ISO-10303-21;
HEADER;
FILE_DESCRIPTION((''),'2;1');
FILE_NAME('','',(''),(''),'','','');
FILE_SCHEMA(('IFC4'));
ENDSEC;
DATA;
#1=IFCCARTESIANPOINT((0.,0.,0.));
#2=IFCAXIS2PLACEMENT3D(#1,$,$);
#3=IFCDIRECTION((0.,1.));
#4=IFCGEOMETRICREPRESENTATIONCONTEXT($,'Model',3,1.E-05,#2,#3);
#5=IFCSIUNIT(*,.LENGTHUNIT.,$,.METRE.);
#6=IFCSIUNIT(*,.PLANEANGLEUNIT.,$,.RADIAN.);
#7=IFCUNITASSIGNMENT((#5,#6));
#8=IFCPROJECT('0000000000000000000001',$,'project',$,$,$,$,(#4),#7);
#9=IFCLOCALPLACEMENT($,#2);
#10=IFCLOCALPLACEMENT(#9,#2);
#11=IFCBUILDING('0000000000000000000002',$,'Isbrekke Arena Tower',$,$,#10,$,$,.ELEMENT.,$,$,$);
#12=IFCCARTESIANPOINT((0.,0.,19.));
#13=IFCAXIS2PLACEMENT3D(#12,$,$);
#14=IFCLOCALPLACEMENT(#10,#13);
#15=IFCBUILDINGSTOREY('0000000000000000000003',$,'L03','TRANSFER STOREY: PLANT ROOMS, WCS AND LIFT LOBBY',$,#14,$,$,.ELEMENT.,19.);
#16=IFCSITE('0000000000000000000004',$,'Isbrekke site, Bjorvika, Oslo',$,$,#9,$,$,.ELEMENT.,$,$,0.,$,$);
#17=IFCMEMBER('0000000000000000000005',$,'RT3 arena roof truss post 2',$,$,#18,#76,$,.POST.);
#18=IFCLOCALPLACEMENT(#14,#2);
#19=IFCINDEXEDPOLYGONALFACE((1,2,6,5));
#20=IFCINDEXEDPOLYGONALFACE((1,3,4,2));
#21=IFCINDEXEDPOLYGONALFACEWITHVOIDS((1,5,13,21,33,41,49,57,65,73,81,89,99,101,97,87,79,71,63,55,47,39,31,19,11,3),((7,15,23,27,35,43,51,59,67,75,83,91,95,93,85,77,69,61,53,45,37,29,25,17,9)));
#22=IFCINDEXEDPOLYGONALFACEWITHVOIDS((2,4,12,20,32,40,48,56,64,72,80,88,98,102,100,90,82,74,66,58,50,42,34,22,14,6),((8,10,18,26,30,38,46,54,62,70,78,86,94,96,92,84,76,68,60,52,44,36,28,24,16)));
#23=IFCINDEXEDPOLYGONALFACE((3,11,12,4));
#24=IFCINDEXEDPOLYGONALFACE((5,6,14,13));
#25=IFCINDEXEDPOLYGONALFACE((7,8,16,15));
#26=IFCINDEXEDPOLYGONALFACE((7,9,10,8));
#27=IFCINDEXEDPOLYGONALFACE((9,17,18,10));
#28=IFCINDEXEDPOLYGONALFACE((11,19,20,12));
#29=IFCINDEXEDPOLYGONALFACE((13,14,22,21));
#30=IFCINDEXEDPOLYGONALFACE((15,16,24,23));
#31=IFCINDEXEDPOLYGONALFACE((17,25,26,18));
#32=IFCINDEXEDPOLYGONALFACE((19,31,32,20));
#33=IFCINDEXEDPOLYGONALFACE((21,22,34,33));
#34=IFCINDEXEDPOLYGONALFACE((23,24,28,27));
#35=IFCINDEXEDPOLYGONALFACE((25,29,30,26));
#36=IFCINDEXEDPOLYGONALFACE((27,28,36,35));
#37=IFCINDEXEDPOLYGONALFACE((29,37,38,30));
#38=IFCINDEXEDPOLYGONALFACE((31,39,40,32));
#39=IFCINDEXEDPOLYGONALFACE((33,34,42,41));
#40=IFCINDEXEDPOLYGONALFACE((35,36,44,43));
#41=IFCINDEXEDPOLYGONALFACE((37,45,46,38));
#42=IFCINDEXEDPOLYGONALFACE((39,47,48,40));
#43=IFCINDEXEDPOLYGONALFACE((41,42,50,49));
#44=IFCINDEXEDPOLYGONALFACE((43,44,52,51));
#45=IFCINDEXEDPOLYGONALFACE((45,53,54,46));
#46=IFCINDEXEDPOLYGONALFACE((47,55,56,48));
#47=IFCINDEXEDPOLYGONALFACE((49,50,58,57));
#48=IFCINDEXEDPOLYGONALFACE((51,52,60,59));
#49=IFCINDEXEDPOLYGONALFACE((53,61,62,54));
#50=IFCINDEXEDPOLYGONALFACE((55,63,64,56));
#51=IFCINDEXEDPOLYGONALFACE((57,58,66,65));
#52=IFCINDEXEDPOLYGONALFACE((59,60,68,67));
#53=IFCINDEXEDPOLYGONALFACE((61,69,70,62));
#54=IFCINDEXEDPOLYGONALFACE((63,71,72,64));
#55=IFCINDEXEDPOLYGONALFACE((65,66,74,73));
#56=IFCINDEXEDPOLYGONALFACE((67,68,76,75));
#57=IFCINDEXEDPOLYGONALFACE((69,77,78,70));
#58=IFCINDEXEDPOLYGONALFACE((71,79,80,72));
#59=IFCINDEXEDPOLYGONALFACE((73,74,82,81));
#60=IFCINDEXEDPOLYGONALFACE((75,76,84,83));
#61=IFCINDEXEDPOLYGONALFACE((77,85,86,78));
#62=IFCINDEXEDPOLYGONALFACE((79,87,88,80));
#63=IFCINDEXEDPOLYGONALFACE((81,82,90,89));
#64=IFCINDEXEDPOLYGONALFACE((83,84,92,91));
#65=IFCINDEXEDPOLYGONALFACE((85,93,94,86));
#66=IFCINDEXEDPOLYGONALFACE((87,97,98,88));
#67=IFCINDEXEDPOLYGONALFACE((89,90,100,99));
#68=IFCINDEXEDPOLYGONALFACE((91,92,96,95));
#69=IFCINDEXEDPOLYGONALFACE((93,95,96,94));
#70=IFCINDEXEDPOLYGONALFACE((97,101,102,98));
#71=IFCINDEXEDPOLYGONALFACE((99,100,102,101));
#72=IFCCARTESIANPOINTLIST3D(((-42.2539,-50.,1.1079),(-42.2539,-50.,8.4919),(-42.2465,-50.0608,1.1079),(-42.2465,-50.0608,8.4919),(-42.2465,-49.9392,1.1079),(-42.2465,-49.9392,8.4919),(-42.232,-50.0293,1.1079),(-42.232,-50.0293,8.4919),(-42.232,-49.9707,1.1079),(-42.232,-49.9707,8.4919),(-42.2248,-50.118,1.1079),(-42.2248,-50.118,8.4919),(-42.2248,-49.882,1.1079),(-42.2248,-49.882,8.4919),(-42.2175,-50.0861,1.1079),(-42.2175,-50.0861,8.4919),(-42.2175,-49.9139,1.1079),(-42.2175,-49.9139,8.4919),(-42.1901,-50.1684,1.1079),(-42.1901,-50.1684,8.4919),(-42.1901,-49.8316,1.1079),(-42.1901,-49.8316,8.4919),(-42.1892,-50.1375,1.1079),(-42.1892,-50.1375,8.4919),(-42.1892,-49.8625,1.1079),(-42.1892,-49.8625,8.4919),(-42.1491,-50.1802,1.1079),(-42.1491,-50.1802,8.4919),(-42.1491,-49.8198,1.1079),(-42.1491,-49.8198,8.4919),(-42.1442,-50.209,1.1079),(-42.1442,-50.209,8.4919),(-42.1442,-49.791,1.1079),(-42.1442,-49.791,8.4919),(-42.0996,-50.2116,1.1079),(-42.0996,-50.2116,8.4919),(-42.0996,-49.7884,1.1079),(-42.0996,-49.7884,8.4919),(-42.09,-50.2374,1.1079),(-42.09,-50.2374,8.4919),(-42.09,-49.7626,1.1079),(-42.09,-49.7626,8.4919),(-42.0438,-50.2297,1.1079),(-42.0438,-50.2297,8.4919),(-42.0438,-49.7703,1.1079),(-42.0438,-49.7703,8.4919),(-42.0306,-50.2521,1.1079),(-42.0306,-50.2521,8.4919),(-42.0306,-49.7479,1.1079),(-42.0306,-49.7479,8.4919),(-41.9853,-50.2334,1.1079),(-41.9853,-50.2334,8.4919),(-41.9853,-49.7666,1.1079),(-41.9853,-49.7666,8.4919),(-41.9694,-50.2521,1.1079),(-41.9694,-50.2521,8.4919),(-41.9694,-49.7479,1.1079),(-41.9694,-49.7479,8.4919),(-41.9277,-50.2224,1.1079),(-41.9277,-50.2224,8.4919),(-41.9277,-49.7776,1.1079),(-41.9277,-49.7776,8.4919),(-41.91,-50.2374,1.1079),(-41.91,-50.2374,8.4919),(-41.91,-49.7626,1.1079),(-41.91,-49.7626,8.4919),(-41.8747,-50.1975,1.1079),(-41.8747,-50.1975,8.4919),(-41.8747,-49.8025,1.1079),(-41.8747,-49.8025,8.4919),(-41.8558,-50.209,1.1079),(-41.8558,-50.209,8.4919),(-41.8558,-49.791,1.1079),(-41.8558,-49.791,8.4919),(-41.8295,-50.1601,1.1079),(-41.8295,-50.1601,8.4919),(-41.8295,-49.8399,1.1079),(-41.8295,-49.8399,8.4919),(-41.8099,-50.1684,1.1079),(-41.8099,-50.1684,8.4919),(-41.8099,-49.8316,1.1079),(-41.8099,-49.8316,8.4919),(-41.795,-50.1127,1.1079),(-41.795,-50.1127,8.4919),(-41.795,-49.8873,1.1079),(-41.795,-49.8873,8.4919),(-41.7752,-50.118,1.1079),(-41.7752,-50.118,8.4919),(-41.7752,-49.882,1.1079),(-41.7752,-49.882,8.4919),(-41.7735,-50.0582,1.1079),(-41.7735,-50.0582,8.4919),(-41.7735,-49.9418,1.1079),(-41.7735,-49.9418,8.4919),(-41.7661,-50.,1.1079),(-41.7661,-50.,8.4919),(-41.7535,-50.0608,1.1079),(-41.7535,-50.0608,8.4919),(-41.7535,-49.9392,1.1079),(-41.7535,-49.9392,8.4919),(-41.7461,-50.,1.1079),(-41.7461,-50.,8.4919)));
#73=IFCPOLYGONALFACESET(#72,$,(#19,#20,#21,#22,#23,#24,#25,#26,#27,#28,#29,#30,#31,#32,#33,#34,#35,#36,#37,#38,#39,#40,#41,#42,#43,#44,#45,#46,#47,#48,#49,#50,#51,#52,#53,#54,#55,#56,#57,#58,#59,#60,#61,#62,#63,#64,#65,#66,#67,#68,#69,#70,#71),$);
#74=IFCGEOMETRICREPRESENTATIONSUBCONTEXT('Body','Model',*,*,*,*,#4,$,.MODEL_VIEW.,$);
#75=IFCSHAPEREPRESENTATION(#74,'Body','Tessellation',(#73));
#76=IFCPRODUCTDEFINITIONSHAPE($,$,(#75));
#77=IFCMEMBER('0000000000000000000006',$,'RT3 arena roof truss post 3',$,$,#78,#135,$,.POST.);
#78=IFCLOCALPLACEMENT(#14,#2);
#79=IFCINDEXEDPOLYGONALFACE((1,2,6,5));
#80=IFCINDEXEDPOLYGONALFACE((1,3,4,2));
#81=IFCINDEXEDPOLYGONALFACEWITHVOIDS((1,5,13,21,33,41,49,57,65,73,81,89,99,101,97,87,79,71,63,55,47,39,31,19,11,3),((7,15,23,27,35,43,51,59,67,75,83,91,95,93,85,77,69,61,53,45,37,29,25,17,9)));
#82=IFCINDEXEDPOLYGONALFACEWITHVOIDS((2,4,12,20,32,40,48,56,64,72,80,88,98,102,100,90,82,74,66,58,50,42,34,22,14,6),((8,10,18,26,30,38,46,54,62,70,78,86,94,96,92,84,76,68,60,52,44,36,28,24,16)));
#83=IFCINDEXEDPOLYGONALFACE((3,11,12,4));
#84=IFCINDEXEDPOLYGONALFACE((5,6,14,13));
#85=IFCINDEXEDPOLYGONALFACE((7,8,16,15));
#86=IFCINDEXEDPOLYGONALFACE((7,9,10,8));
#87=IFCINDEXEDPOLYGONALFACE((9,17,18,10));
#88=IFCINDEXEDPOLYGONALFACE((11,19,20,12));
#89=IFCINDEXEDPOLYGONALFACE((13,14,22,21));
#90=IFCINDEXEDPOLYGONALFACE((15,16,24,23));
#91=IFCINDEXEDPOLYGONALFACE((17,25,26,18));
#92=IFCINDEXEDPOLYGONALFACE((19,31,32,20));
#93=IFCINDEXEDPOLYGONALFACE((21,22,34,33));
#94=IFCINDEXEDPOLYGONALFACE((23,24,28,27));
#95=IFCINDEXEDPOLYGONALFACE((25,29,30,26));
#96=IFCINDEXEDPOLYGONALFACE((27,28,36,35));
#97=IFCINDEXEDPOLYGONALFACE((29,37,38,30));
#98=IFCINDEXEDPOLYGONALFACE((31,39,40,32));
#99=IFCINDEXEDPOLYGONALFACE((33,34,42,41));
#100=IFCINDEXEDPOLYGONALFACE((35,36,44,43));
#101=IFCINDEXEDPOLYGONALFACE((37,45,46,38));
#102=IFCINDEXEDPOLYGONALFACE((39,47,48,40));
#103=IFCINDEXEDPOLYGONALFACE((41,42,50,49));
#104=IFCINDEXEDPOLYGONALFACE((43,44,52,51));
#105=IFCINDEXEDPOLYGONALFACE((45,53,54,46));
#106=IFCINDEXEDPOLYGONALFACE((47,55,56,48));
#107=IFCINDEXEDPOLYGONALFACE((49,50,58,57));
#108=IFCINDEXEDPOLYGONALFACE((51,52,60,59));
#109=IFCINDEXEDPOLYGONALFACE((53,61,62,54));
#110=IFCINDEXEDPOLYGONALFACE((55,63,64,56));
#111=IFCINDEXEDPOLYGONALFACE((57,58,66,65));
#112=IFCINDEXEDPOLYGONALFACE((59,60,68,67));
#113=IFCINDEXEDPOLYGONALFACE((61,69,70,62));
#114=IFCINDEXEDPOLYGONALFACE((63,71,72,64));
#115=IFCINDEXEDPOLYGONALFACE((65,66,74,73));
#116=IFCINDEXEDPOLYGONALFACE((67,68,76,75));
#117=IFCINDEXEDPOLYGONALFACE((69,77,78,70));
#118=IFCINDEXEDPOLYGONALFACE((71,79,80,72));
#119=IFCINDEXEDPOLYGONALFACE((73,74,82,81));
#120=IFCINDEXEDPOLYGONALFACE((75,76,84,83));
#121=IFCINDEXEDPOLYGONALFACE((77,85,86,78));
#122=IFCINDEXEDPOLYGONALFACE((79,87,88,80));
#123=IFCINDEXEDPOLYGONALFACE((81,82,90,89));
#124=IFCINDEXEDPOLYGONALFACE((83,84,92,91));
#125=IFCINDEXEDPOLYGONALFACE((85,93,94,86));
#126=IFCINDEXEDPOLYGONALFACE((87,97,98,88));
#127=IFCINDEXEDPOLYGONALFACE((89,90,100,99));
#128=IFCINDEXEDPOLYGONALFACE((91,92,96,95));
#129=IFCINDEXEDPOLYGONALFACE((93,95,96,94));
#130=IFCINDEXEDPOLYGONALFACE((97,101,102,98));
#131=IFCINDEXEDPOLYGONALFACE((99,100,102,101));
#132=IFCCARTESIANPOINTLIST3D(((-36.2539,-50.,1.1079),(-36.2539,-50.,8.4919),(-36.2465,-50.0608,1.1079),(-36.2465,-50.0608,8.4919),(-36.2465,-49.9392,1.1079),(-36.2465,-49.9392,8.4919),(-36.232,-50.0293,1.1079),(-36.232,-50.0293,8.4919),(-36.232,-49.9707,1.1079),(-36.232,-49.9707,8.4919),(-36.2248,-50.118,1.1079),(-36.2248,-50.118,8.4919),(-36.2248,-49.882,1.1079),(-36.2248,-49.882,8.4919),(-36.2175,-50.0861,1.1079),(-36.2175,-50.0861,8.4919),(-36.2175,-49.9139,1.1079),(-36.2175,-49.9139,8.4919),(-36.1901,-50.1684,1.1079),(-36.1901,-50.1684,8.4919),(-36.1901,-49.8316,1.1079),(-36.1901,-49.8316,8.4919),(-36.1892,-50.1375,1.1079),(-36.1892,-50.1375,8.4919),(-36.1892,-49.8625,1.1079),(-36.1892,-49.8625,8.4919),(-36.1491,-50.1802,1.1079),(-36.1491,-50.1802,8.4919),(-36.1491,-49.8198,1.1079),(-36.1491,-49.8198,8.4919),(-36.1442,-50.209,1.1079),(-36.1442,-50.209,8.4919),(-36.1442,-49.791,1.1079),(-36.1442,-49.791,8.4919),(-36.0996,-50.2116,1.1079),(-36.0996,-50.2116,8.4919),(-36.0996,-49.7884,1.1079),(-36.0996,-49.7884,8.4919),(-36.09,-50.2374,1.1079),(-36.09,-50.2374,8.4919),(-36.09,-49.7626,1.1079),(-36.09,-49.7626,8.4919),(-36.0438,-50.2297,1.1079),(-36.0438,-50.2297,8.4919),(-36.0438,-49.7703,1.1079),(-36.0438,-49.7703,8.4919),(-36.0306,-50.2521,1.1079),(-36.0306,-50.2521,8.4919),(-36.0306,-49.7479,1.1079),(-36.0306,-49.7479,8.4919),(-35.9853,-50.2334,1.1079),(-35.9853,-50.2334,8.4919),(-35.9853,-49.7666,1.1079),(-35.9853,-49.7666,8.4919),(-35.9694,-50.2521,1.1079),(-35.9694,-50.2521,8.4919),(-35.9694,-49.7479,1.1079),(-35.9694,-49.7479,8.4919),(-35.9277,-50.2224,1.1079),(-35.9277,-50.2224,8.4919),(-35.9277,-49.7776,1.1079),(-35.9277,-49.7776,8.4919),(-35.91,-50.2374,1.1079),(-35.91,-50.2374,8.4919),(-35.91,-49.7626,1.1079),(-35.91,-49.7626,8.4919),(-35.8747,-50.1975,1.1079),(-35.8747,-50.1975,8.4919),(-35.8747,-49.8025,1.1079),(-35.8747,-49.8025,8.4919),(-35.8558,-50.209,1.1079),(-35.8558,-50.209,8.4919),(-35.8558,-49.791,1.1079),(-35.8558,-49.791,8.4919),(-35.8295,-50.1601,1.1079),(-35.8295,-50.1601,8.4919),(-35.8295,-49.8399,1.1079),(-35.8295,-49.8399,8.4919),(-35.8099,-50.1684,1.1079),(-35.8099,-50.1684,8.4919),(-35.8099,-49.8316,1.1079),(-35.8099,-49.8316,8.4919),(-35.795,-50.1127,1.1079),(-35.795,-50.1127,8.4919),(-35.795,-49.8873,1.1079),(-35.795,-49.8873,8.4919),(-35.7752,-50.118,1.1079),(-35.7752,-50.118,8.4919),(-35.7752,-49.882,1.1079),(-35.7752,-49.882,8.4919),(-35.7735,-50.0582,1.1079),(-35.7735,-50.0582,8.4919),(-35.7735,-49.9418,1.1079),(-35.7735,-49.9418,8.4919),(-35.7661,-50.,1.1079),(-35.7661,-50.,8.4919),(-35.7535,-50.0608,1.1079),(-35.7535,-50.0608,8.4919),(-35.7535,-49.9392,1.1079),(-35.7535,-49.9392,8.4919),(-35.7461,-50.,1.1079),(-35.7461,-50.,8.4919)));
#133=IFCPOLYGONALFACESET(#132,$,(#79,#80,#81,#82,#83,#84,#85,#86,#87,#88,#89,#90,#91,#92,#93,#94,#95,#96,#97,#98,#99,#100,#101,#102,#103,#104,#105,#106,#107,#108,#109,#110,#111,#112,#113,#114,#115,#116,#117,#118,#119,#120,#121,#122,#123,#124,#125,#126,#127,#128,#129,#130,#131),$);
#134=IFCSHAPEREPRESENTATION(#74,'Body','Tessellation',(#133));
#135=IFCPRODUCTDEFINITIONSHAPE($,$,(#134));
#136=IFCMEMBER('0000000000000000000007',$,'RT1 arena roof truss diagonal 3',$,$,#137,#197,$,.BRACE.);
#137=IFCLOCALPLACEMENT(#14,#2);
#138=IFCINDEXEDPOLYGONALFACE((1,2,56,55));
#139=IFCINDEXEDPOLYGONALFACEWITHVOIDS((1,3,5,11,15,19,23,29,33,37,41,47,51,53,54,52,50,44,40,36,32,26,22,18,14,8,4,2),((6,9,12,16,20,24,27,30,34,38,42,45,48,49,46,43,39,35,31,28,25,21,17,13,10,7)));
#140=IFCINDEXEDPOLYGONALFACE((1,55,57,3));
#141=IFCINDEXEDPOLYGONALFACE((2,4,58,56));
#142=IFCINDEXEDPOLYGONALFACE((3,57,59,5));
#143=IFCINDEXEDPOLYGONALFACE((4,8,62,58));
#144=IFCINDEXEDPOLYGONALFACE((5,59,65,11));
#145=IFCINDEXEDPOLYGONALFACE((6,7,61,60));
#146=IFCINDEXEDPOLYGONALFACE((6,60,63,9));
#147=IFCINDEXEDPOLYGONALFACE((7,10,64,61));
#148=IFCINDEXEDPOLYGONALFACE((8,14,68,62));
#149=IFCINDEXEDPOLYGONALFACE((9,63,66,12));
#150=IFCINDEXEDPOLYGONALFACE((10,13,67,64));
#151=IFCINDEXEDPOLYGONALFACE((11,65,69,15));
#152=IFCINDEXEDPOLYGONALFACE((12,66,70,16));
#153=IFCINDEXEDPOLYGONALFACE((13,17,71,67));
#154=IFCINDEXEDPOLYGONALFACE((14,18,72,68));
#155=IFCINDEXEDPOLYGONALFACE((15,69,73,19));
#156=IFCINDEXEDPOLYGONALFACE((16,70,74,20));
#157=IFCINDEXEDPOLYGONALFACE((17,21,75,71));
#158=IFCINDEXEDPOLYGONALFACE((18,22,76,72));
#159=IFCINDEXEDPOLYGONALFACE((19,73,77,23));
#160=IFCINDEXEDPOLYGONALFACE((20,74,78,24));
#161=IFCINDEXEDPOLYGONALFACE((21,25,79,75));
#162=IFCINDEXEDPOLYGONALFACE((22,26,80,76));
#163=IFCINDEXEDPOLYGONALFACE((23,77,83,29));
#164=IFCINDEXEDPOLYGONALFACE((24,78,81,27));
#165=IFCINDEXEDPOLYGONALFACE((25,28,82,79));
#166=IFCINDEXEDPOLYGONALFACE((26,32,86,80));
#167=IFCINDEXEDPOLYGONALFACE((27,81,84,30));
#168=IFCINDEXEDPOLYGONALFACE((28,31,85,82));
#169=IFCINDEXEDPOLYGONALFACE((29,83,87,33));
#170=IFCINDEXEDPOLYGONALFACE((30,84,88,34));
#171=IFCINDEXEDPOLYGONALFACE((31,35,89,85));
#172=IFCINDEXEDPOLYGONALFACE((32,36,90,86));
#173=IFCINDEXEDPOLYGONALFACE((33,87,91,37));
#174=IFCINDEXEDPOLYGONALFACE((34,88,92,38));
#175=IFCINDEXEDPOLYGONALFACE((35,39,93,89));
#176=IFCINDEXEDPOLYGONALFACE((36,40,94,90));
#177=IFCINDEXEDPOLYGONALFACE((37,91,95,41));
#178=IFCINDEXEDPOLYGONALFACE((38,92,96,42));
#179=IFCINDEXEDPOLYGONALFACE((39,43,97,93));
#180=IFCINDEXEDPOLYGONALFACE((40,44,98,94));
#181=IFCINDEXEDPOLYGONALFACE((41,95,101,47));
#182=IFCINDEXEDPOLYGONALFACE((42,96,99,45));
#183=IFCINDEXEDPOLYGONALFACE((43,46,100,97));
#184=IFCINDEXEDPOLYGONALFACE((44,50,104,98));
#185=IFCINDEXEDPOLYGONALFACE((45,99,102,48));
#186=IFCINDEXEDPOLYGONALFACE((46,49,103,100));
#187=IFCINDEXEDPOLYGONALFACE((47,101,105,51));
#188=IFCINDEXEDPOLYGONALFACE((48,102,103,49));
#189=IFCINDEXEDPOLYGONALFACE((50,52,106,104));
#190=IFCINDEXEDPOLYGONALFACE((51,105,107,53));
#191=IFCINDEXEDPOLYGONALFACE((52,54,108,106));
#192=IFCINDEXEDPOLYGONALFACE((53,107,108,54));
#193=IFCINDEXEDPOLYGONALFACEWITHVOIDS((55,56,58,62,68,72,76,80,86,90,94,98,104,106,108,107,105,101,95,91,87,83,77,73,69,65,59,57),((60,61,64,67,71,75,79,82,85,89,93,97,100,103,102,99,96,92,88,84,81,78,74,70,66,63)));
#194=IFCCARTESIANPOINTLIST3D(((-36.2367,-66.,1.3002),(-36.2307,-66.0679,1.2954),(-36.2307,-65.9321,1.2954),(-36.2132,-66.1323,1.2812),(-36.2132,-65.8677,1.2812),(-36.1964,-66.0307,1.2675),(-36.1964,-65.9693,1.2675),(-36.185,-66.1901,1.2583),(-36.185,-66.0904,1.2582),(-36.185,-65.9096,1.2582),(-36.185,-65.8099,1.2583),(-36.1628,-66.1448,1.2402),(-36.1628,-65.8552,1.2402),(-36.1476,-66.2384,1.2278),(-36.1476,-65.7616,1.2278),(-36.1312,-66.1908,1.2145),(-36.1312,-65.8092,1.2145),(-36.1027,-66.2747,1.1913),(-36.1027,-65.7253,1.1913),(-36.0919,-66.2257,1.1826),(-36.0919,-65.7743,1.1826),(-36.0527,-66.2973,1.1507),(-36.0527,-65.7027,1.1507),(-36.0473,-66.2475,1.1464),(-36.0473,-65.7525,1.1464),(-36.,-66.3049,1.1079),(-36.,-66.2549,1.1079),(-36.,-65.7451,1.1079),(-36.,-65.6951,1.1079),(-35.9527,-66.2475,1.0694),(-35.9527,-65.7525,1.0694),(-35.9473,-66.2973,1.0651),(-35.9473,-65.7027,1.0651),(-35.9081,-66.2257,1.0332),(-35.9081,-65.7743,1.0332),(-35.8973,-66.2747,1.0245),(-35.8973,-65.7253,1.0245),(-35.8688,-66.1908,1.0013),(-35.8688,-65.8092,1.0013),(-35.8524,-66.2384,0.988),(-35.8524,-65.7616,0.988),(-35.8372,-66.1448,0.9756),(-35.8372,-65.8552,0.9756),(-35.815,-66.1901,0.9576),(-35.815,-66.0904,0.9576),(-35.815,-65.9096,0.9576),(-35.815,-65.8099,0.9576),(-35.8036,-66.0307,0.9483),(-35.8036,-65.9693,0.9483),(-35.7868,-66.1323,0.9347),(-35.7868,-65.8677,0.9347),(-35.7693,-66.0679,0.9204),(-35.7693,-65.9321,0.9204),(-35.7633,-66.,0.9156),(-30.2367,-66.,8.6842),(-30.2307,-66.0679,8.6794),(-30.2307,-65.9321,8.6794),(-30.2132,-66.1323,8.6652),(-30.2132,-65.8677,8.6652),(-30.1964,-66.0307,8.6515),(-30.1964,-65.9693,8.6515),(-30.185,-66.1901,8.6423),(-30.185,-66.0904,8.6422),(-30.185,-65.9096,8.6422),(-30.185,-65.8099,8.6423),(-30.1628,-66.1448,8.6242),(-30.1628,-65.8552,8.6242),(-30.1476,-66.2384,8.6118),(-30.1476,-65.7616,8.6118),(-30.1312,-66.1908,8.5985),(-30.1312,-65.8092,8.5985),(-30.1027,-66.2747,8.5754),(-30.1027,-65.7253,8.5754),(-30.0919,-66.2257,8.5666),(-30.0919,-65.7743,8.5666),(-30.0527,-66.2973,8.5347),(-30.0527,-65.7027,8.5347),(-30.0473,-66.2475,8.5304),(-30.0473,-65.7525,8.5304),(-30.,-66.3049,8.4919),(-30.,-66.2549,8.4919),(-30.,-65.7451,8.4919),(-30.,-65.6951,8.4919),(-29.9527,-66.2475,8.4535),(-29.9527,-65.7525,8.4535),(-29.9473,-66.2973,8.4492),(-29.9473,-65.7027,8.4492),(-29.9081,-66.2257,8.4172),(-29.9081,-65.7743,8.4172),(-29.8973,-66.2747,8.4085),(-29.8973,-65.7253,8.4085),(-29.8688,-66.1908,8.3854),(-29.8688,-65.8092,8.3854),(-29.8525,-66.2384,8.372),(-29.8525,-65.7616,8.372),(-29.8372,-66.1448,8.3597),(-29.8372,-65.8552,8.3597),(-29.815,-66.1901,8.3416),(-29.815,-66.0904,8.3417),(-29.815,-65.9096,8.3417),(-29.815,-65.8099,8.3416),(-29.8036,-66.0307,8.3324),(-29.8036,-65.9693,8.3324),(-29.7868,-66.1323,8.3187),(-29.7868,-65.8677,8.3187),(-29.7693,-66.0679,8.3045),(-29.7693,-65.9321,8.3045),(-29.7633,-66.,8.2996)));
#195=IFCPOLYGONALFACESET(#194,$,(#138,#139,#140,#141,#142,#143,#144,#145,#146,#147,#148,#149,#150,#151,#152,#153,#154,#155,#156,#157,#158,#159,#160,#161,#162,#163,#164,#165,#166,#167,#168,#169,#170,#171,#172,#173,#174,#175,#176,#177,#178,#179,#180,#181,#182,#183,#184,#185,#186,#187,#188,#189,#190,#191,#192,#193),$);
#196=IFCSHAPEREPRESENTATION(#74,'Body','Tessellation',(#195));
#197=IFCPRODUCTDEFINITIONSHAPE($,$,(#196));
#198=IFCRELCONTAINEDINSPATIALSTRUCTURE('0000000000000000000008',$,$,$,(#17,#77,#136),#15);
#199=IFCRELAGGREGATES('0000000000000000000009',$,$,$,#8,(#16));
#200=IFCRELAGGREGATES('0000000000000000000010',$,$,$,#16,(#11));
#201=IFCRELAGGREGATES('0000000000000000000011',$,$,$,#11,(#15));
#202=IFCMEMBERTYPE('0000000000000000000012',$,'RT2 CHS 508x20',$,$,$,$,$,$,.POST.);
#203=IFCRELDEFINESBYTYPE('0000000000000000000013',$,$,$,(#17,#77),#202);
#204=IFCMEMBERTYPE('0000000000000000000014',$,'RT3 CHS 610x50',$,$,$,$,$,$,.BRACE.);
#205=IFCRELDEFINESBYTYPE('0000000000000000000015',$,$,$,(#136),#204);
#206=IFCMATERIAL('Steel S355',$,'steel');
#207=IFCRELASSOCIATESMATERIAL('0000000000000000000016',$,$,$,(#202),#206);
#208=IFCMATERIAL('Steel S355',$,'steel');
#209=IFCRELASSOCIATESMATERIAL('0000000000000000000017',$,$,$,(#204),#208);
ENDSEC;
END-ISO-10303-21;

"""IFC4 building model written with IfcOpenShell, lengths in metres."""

from ifc_helpers import new_model, si_unit, direction, frame, origin, origin_2d, place, context, subcontext, project, spatial, hollow_circle, extrude, material, material_profile, profile_set, type_object, element, save


model = new_model("IFC4")

# Units and contexts
model_context = context("Model", 3, precision=1e-05, world=origin(), true_north=direction((0.0, 1.0)))
body_context = subcontext(model_context, "Body", "Model", "MODEL_VIEW")
ifc_project = project(units=[si_unit("LENGTHUNIT", "METRE"), si_unit("PLANEANGLEUNIT", "RADIAN")], contexts=[model_context])

# Site, building, storey
site_placement = place(None, origin())
site = spatial("IfcSite", under=ifc_project, at=site_placement, Name="Isbrekke site, Bjorvika, Oslo", CompositionType="ELEMENT", RefElevation=0.0)
building_placement = place(site_placement, origin())
building = spatial("IfcBuilding", under=site, at=building_placement, Name="Isbrekke Arena Tower", CompositionType="ELEMENT")
storey_placement = place(building_placement, frame((0.0, 0.0, 19.0)))
storey = spatial("IfcBuildingStorey", under=building, at=storey_placement, Name="L03", Description="TRANSFER STOREY: PLANT ROOMS, WCS AND LIFT LOBBY", CompositionType="ELEMENT", Elevation=19.0)

# Members
ifc_material_1 = material(Name="Steel S355", Category="steel")
ifc_material_profile_1 = material_profile(ifc_material_1, hollow_circle(Radius=0.2539, WallThickness=0.02, at=origin_2d()), Name="CHS 508x20")
ifc_profile_set_1 = profile_set([ifc_material_profile_1], Name="Steel S355")
member_type_1 = type_object("IfcMemberType", Name="RT2 CHS 508x20", PredefinedType="POST", material=ifc_profile_set_1)
for number, where, z_axis, x_axis, name in (
    (1, (-42.0, -50.0, 1.1079), (0.0, 0.0, 1.0), (1.0, 0.0, 0.0), "RT3 arena roof truss post 2"),
    (2, (-36.0, -50.0, 1.1079), (0.0, 0.0, 1.0), (1.0, 0.0, 0.0), "RT3 arena roof truss post 3"),
):
    element("IfcMember", number, at=place(storey_placement, frame(where, z_axis=z_axis, x_axis=x_axis)), inside=storey, type_object=member_type_1, Name=name, PredefinedType="POST", context=body_context, shape_type="SweptSolid", body=[
        extrude(hollow_circle(Radius=0.2539, WallThickness=0.02, at=origin_2d()), origin(), (0.0, 0.0, 1.0), 7.384),
    ])
ifc_material_2 = material(Name="Steel S355", Category="steel")
ifc_material_profile_2 = material_profile(ifc_material_2, hollow_circle(Radius=0.3049, WallThickness=0.05, at=origin_2d()), Name="CHS 610x50")
ifc_profile_set_2 = profile_set([ifc_material_profile_2], Name="Steel S355")
member_type_2 = type_object("IfcMemberType", Name="RT3 CHS 610x50", PredefinedType="BRACE", material=ifc_profile_set_2)
for number, where, z_axis, x_axis, name in (
    (3, (-36.0, -66.0, 1.1079), (0.630623, 0.0, 0.77609), (0.0, 1.0, 0.0), "RT1 arena roof truss diagonal 3"),
):
    element("IfcMember", number, at=place(storey_placement, frame(where, z_axis=z_axis, x_axis=x_axis)), inside=storey, type_object=member_type_2, Name=name, PredefinedType="BRACE", context=body_context, shape_type="SweptSolid", body=[
        extrude(hollow_circle(Radius=0.3049, WallThickness=0.05, at=origin_2d()), origin(), (0.0, 0.0, 1.0), 9.5144),
    ])

save(model, "model.ifc")
